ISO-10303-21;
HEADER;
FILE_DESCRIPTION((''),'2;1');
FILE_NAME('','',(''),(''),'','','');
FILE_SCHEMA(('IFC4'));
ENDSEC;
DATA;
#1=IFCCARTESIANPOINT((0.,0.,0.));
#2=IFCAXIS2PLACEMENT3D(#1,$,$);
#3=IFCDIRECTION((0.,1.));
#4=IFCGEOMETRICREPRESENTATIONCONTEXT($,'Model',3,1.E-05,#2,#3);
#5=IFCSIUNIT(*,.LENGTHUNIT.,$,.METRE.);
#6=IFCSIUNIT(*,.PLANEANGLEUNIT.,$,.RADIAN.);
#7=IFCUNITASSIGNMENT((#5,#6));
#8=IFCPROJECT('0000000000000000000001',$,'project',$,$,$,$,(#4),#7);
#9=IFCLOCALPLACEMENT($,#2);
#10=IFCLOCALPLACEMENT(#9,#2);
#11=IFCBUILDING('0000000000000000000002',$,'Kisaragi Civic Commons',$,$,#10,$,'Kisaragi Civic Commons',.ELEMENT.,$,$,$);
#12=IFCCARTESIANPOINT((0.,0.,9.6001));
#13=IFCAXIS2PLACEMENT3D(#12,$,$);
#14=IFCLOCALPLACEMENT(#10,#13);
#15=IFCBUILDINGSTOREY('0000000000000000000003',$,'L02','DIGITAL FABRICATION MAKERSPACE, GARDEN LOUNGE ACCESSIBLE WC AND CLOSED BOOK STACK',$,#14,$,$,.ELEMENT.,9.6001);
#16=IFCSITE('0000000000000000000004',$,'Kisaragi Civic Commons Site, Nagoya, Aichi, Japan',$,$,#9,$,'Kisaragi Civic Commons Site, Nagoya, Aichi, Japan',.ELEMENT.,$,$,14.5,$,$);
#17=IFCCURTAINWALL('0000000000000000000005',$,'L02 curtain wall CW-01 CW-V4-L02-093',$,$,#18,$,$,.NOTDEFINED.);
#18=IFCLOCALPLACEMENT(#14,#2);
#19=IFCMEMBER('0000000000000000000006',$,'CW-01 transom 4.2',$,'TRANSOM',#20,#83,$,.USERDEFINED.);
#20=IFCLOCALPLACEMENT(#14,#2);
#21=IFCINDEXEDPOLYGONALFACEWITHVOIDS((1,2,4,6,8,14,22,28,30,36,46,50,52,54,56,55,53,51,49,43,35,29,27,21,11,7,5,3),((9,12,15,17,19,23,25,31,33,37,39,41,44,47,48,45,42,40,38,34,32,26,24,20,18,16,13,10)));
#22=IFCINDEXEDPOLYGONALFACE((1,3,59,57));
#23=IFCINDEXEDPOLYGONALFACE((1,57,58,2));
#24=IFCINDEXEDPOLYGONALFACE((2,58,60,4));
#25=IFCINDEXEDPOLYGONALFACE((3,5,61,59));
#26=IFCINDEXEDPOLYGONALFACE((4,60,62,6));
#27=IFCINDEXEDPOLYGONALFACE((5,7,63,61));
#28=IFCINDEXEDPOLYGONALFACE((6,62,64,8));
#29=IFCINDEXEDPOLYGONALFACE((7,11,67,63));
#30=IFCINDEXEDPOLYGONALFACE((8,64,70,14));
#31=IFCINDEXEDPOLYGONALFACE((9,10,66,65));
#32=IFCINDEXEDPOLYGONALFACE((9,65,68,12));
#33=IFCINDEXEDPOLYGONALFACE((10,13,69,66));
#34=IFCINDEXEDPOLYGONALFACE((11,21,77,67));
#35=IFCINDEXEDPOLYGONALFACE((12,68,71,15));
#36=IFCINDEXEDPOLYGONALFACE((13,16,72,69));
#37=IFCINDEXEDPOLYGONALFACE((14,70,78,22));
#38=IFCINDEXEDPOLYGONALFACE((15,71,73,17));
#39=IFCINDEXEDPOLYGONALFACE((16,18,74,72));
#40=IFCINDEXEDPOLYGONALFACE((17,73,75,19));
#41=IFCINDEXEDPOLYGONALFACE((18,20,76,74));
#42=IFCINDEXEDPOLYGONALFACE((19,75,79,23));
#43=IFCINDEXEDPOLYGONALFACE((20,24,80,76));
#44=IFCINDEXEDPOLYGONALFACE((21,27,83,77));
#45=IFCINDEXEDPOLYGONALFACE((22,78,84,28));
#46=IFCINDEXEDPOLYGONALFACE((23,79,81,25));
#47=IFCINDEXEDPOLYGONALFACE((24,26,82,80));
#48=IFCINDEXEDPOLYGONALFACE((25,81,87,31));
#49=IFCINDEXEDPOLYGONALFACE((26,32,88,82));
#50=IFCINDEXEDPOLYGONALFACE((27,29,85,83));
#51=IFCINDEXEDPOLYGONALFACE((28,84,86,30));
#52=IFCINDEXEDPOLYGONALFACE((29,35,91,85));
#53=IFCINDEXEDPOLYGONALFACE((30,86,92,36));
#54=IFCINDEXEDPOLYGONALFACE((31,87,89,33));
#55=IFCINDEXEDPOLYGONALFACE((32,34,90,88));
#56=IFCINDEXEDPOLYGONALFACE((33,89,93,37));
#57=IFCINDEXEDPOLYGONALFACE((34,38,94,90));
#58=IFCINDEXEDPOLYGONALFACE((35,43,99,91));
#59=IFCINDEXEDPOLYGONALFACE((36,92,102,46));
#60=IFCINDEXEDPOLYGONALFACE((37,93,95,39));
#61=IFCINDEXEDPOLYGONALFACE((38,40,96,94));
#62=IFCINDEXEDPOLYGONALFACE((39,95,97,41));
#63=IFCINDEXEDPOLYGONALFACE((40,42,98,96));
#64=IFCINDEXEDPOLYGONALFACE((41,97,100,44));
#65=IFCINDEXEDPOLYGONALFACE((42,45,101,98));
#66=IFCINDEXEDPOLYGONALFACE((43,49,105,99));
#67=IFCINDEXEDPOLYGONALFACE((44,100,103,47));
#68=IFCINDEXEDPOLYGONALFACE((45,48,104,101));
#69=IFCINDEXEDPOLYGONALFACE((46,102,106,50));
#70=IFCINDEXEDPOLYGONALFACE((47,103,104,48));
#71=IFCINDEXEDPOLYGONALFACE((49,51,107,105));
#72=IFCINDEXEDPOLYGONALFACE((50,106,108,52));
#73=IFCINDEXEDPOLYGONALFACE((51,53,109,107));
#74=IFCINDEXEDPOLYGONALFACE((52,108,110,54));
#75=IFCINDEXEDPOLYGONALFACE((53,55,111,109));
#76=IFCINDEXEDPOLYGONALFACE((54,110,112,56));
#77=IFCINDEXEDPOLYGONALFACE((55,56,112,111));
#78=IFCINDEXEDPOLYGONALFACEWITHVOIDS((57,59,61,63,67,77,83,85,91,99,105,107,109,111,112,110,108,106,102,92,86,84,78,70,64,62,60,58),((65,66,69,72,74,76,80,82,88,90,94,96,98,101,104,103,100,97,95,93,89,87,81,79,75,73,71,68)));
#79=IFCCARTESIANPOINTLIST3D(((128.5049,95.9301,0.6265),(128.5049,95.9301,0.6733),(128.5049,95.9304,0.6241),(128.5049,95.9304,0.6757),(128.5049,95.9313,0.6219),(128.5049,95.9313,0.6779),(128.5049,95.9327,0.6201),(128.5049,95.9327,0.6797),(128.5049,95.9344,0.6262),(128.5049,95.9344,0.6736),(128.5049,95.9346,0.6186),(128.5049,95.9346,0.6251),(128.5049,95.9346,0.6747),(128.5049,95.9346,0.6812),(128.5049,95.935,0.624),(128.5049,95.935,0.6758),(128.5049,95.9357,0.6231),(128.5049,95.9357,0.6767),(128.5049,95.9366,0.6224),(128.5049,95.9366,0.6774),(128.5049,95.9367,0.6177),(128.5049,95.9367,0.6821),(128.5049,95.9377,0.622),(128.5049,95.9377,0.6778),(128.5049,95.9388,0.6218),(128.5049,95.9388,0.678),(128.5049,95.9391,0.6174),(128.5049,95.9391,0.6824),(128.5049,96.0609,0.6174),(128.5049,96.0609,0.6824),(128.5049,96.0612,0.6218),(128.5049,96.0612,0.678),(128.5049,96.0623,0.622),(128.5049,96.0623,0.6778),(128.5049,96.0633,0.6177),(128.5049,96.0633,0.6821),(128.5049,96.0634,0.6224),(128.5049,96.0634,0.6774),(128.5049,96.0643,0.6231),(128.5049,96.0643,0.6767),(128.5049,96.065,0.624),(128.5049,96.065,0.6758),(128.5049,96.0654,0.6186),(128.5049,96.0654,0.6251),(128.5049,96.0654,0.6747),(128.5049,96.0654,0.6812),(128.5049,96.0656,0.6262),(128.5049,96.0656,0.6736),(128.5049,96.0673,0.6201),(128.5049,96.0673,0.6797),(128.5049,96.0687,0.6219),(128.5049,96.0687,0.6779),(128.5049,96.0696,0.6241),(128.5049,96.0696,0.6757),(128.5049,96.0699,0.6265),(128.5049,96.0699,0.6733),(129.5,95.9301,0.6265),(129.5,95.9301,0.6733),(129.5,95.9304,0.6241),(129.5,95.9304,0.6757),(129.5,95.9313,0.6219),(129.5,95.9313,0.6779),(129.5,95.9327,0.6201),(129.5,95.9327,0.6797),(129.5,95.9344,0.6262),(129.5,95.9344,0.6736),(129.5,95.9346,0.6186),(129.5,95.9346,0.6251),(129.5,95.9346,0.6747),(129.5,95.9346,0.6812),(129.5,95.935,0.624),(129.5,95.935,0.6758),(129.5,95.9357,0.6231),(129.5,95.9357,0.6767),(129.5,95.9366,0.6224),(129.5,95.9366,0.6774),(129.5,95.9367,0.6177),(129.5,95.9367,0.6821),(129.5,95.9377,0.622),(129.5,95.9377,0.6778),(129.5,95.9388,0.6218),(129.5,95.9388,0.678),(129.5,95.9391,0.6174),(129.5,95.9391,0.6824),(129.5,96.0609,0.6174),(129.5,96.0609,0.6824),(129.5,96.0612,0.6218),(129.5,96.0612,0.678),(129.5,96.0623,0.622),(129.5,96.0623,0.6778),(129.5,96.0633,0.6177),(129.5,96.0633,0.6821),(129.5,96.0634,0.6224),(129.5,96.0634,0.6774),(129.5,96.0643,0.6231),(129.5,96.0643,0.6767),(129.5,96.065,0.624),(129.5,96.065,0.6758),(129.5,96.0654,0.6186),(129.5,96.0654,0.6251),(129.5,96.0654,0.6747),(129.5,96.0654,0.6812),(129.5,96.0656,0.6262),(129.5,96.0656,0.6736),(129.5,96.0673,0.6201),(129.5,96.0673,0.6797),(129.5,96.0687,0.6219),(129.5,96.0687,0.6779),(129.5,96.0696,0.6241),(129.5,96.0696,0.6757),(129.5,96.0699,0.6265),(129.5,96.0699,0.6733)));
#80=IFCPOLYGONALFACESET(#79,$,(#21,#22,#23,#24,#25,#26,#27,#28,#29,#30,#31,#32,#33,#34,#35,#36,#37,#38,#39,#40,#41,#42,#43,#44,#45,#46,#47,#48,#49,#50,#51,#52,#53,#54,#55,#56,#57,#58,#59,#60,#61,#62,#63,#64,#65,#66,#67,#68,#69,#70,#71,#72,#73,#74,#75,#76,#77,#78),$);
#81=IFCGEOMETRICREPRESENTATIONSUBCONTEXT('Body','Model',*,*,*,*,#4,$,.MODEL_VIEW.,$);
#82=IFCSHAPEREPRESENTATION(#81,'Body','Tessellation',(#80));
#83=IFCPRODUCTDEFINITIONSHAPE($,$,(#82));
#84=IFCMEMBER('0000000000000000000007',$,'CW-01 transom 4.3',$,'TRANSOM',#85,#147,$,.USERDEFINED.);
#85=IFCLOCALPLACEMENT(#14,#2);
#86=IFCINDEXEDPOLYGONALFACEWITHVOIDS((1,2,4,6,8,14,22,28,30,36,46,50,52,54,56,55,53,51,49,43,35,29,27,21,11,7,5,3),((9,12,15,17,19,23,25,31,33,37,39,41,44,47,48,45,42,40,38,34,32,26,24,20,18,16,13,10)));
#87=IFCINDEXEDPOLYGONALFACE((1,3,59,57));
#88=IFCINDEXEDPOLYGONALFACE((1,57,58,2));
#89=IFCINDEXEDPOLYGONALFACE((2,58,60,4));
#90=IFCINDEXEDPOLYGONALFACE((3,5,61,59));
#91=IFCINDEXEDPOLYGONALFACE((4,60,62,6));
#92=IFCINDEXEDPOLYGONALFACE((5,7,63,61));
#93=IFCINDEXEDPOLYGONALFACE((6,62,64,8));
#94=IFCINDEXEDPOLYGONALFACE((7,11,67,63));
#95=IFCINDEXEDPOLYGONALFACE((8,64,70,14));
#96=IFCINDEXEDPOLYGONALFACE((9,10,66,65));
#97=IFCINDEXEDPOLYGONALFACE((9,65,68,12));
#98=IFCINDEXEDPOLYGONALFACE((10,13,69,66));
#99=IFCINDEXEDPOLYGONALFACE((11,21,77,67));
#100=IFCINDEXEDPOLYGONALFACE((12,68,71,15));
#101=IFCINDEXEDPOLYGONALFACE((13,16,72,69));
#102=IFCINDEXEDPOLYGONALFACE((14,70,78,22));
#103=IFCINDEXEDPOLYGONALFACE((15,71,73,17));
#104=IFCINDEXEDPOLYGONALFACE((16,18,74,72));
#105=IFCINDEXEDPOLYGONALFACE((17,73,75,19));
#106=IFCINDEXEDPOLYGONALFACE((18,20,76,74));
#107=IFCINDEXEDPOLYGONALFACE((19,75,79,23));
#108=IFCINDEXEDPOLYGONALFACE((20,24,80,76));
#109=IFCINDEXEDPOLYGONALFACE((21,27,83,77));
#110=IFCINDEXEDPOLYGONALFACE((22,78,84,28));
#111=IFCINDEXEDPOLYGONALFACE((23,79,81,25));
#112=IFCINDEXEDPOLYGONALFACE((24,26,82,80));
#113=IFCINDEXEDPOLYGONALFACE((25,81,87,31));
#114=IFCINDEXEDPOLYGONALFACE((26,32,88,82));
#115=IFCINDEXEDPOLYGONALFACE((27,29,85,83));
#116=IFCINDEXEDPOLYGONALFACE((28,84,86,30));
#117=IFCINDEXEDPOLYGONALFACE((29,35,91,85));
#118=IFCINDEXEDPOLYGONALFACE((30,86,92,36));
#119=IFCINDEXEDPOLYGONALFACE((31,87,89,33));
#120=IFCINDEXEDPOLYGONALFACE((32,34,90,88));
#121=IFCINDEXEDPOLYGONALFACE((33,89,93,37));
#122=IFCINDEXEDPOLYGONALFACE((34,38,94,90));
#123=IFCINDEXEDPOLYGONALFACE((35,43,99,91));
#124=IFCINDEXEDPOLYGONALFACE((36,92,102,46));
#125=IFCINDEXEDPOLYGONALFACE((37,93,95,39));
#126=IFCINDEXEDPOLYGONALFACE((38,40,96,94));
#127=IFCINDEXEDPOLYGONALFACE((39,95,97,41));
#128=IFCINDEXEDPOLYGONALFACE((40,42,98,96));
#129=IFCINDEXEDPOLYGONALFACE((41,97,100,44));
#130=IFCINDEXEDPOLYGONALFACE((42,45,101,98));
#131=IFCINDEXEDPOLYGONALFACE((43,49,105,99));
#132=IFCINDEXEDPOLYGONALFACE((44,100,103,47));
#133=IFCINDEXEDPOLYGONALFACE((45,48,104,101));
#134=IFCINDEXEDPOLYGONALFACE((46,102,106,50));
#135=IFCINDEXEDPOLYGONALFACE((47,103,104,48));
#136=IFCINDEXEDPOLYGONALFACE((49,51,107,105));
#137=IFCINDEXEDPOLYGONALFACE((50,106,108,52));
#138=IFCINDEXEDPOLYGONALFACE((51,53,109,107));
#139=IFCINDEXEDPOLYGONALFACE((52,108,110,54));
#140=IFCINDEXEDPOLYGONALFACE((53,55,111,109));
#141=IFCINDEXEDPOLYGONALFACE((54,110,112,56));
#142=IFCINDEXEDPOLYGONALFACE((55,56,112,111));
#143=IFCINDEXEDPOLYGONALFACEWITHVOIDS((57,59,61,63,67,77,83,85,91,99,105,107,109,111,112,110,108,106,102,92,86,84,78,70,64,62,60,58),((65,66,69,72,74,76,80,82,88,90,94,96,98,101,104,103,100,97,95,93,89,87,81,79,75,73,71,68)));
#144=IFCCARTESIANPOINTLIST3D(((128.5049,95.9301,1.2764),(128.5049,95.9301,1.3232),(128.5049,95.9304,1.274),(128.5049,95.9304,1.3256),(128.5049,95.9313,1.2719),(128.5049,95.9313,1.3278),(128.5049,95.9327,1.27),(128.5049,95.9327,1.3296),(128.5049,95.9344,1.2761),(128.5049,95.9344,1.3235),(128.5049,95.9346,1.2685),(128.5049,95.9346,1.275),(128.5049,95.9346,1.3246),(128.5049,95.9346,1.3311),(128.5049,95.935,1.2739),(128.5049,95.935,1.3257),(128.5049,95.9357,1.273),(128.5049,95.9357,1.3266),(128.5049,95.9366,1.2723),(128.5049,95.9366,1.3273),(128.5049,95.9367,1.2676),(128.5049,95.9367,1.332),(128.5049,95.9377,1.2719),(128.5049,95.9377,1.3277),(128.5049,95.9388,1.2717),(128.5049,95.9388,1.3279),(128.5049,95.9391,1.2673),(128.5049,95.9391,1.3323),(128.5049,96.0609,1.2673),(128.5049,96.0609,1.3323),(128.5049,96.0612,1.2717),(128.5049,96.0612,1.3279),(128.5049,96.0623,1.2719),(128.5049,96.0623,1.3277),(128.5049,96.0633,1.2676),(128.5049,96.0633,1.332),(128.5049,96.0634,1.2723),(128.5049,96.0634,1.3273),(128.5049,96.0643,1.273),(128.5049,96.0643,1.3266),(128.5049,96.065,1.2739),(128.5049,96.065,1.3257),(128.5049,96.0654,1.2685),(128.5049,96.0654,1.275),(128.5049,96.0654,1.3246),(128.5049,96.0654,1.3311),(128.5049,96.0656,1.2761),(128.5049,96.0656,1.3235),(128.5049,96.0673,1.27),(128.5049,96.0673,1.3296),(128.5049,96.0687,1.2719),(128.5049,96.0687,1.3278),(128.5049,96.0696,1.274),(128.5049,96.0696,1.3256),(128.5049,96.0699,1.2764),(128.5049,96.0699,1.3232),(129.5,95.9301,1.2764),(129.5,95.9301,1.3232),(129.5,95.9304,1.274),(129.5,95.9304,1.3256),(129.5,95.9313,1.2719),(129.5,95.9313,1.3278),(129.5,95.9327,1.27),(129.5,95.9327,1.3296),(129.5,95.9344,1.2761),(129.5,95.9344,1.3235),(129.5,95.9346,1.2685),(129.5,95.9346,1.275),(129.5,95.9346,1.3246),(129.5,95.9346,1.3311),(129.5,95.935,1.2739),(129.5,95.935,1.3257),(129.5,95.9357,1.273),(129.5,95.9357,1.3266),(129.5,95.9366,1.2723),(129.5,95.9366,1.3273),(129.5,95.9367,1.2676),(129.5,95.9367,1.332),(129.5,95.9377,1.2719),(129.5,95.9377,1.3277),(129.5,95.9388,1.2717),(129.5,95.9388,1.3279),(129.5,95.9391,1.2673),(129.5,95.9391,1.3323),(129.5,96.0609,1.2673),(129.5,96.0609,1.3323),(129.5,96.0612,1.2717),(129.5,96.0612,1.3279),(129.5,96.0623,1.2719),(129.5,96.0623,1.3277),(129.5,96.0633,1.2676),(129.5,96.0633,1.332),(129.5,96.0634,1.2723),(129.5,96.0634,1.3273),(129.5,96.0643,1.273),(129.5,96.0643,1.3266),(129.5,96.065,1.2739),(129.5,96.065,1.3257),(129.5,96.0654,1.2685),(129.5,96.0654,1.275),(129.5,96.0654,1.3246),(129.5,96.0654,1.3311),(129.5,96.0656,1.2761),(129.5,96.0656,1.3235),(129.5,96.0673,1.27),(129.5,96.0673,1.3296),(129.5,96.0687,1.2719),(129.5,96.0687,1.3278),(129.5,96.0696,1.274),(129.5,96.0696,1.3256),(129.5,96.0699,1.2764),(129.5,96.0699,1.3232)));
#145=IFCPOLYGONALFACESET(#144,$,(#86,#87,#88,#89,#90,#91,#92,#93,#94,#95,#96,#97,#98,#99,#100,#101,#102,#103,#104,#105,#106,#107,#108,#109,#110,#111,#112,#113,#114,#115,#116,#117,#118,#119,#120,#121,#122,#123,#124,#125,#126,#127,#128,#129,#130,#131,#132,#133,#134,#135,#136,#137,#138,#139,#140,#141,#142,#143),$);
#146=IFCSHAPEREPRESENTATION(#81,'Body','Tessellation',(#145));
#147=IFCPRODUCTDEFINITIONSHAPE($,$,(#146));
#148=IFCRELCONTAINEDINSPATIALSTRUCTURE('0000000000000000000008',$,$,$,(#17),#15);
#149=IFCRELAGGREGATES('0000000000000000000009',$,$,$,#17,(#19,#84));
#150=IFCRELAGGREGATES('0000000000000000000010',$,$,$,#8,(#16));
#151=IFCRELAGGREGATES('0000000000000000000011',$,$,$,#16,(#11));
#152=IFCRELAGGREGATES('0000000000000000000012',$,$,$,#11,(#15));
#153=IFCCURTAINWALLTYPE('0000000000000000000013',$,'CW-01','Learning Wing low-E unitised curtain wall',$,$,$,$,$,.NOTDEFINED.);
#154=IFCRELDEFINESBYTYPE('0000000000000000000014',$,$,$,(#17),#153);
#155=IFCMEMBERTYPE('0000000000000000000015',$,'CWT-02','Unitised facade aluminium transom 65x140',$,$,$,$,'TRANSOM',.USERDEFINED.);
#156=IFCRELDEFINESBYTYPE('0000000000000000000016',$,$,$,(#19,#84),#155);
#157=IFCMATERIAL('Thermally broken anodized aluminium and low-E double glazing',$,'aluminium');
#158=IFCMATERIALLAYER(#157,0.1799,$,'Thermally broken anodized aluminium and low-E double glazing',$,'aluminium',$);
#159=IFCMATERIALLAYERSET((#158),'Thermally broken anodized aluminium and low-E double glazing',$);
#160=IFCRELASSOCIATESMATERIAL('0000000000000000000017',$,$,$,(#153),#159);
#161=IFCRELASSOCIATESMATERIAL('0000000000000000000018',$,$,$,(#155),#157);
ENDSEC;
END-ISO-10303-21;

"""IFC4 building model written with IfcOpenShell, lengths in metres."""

from ifc_helpers import new_model, si_unit, direction, frame, origin, origin_2d, place, context, subcontext, project, spatial, hollow_rectangle, extrude, material, layer, layer_set, material_profile, profile_set, type_object, element, aggregate, save


model = new_model("IFC4")

# Units and contexts
model_context = context("Model", 3, precision=1e-05, world=origin(), true_north=direction((0.0, 1.0)))
body_context = subcontext(model_context, "Body", "Model", "MODEL_VIEW")
ifc_project = project(units=[si_unit("LENGTHUNIT", "METRE"), si_unit("PLANEANGLEUNIT", "RADIAN")], contexts=[model_context])

# Site, building, storey
site_placement = place(None, origin())
site = spatial("IfcSite", under=ifc_project, at=site_placement, Name="Kisaragi Civic Commons Site, Nagoya, Aichi, Japan", LongName="Kisaragi Civic Commons Site, Nagoya, Aichi, Japan", CompositionType="ELEMENT", RefElevation=14.5)
building_placement = place(site_placement, origin())
building = spatial("IfcBuilding", under=site, at=building_placement, Name="Kisaragi Civic Commons", LongName="Kisaragi Civic Commons", CompositionType="ELEMENT")
storey_placement = place(building_placement, frame((0.0, 0.0, 9.6001)))
storey = spatial("IfcBuildingStorey", under=building, at=storey_placement, Name="L02", Description="DIGITAL FABRICATION MAKERSPACE, GARDEN LOUNGE ACCESSIBLE WC AND CLOSED BOOK STACK", CompositionType="ELEMENT", Elevation=9.6001)

# Curtain wall
ifc_material = material(Name="Thermally broken anodized aluminium and low-E double glazing", Category="aluminium")
ifc_layer_1 = layer(ifc_material, 0.1799, Name="Thermally broken anodized aluminium and low-E double glazing", Category="aluminium")
ifc_layer_set_1 = layer_set([ifc_layer_1], Name="Thermally broken anodized aluminium and low-E double glazing")
curtain_wall_type = type_object("IfcCurtainWallType", Name="CW-01", Description="Learning Wing low-E unitised curtain wall", PredefinedType="NOTDEFINED", material=ifc_layer_set_1)
curtain_wall_1_placement = place(storey_placement, origin())
curtain_wall_1 = element("IfcCurtainWall", 1, at=curtain_wall_1_placement, inside=storey, type_object=curtain_wall_type, Name="L02 curtain wall CW-01 CW-V4-L02-093", PredefinedType="NOTDEFINED")

# Members
ifc_material_profile_1 = material_profile(ifc_material, hollow_rectangle(XDim=0.1399, YDim=0.0649, WallThickness=0.0044, InnerFilletRadius=0.0044, OuterFilletRadius=0.009, at=origin_2d()), Name="CWT-65x140x4.5", Category="aluminium")
ifc_profile_set_1 = profile_set([ifc_material_profile_1], Name="Thermally broken anodized aluminium and low-E double glazing")
member_type_1 = type_object("IfcMemberType", Name="CWT-02", Description="Unitised facade aluminium transom 65x140", ElementType="TRANSOM", PredefinedType="USERDEFINED", material=ifc_profile_set_1)
member_1_placement = place(storey_placement, frame((129.5, 96.0, 0.6499), z_axis=(-1.0, 0.0, 0.0), x_axis=(0.0, -1.0, 0.0)))
member_1 = element("IfcMember", 2, at=member_1_placement, type_object=member_type_1, Name="CW-01 transom 4.2", ObjectType="TRANSOM", PredefinedType="USERDEFINED", context=body_context, shape_type="SweptSolid", body=[
    extrude(hollow_rectangle(XDim=0.1399, YDim=0.0649, WallThickness=0.0044, InnerFilletRadius=0.0044, OuterFilletRadius=0.009, at=origin_2d()), origin(), (0.0, 0.0, 1.0), 0.9951),
])
member_2_placement = place(storey_placement, frame((129.5, 96.0, 1.2998), z_axis=(-1.0, 0.0, 0.0), x_axis=(0.0, -1.0, 0.0)))
member_2 = element("IfcMember", 3, at=member_2_placement, type_object=member_type_1, Name="CW-01 transom 4.3", ObjectType="TRANSOM", PredefinedType="USERDEFINED", context=body_context, shape_type="SweptSolid", body=[
    extrude(hollow_rectangle(XDim=0.1399, YDim=0.0649, WallThickness=0.0044, InnerFilletRadius=0.0044, OuterFilletRadius=0.009, at=origin_2d()), origin(), (0.0, 0.0, 1.0), 0.9951),
])

aggregate(curtain_wall_1, [member_1, member_2])

save(model, "model.ifc")
